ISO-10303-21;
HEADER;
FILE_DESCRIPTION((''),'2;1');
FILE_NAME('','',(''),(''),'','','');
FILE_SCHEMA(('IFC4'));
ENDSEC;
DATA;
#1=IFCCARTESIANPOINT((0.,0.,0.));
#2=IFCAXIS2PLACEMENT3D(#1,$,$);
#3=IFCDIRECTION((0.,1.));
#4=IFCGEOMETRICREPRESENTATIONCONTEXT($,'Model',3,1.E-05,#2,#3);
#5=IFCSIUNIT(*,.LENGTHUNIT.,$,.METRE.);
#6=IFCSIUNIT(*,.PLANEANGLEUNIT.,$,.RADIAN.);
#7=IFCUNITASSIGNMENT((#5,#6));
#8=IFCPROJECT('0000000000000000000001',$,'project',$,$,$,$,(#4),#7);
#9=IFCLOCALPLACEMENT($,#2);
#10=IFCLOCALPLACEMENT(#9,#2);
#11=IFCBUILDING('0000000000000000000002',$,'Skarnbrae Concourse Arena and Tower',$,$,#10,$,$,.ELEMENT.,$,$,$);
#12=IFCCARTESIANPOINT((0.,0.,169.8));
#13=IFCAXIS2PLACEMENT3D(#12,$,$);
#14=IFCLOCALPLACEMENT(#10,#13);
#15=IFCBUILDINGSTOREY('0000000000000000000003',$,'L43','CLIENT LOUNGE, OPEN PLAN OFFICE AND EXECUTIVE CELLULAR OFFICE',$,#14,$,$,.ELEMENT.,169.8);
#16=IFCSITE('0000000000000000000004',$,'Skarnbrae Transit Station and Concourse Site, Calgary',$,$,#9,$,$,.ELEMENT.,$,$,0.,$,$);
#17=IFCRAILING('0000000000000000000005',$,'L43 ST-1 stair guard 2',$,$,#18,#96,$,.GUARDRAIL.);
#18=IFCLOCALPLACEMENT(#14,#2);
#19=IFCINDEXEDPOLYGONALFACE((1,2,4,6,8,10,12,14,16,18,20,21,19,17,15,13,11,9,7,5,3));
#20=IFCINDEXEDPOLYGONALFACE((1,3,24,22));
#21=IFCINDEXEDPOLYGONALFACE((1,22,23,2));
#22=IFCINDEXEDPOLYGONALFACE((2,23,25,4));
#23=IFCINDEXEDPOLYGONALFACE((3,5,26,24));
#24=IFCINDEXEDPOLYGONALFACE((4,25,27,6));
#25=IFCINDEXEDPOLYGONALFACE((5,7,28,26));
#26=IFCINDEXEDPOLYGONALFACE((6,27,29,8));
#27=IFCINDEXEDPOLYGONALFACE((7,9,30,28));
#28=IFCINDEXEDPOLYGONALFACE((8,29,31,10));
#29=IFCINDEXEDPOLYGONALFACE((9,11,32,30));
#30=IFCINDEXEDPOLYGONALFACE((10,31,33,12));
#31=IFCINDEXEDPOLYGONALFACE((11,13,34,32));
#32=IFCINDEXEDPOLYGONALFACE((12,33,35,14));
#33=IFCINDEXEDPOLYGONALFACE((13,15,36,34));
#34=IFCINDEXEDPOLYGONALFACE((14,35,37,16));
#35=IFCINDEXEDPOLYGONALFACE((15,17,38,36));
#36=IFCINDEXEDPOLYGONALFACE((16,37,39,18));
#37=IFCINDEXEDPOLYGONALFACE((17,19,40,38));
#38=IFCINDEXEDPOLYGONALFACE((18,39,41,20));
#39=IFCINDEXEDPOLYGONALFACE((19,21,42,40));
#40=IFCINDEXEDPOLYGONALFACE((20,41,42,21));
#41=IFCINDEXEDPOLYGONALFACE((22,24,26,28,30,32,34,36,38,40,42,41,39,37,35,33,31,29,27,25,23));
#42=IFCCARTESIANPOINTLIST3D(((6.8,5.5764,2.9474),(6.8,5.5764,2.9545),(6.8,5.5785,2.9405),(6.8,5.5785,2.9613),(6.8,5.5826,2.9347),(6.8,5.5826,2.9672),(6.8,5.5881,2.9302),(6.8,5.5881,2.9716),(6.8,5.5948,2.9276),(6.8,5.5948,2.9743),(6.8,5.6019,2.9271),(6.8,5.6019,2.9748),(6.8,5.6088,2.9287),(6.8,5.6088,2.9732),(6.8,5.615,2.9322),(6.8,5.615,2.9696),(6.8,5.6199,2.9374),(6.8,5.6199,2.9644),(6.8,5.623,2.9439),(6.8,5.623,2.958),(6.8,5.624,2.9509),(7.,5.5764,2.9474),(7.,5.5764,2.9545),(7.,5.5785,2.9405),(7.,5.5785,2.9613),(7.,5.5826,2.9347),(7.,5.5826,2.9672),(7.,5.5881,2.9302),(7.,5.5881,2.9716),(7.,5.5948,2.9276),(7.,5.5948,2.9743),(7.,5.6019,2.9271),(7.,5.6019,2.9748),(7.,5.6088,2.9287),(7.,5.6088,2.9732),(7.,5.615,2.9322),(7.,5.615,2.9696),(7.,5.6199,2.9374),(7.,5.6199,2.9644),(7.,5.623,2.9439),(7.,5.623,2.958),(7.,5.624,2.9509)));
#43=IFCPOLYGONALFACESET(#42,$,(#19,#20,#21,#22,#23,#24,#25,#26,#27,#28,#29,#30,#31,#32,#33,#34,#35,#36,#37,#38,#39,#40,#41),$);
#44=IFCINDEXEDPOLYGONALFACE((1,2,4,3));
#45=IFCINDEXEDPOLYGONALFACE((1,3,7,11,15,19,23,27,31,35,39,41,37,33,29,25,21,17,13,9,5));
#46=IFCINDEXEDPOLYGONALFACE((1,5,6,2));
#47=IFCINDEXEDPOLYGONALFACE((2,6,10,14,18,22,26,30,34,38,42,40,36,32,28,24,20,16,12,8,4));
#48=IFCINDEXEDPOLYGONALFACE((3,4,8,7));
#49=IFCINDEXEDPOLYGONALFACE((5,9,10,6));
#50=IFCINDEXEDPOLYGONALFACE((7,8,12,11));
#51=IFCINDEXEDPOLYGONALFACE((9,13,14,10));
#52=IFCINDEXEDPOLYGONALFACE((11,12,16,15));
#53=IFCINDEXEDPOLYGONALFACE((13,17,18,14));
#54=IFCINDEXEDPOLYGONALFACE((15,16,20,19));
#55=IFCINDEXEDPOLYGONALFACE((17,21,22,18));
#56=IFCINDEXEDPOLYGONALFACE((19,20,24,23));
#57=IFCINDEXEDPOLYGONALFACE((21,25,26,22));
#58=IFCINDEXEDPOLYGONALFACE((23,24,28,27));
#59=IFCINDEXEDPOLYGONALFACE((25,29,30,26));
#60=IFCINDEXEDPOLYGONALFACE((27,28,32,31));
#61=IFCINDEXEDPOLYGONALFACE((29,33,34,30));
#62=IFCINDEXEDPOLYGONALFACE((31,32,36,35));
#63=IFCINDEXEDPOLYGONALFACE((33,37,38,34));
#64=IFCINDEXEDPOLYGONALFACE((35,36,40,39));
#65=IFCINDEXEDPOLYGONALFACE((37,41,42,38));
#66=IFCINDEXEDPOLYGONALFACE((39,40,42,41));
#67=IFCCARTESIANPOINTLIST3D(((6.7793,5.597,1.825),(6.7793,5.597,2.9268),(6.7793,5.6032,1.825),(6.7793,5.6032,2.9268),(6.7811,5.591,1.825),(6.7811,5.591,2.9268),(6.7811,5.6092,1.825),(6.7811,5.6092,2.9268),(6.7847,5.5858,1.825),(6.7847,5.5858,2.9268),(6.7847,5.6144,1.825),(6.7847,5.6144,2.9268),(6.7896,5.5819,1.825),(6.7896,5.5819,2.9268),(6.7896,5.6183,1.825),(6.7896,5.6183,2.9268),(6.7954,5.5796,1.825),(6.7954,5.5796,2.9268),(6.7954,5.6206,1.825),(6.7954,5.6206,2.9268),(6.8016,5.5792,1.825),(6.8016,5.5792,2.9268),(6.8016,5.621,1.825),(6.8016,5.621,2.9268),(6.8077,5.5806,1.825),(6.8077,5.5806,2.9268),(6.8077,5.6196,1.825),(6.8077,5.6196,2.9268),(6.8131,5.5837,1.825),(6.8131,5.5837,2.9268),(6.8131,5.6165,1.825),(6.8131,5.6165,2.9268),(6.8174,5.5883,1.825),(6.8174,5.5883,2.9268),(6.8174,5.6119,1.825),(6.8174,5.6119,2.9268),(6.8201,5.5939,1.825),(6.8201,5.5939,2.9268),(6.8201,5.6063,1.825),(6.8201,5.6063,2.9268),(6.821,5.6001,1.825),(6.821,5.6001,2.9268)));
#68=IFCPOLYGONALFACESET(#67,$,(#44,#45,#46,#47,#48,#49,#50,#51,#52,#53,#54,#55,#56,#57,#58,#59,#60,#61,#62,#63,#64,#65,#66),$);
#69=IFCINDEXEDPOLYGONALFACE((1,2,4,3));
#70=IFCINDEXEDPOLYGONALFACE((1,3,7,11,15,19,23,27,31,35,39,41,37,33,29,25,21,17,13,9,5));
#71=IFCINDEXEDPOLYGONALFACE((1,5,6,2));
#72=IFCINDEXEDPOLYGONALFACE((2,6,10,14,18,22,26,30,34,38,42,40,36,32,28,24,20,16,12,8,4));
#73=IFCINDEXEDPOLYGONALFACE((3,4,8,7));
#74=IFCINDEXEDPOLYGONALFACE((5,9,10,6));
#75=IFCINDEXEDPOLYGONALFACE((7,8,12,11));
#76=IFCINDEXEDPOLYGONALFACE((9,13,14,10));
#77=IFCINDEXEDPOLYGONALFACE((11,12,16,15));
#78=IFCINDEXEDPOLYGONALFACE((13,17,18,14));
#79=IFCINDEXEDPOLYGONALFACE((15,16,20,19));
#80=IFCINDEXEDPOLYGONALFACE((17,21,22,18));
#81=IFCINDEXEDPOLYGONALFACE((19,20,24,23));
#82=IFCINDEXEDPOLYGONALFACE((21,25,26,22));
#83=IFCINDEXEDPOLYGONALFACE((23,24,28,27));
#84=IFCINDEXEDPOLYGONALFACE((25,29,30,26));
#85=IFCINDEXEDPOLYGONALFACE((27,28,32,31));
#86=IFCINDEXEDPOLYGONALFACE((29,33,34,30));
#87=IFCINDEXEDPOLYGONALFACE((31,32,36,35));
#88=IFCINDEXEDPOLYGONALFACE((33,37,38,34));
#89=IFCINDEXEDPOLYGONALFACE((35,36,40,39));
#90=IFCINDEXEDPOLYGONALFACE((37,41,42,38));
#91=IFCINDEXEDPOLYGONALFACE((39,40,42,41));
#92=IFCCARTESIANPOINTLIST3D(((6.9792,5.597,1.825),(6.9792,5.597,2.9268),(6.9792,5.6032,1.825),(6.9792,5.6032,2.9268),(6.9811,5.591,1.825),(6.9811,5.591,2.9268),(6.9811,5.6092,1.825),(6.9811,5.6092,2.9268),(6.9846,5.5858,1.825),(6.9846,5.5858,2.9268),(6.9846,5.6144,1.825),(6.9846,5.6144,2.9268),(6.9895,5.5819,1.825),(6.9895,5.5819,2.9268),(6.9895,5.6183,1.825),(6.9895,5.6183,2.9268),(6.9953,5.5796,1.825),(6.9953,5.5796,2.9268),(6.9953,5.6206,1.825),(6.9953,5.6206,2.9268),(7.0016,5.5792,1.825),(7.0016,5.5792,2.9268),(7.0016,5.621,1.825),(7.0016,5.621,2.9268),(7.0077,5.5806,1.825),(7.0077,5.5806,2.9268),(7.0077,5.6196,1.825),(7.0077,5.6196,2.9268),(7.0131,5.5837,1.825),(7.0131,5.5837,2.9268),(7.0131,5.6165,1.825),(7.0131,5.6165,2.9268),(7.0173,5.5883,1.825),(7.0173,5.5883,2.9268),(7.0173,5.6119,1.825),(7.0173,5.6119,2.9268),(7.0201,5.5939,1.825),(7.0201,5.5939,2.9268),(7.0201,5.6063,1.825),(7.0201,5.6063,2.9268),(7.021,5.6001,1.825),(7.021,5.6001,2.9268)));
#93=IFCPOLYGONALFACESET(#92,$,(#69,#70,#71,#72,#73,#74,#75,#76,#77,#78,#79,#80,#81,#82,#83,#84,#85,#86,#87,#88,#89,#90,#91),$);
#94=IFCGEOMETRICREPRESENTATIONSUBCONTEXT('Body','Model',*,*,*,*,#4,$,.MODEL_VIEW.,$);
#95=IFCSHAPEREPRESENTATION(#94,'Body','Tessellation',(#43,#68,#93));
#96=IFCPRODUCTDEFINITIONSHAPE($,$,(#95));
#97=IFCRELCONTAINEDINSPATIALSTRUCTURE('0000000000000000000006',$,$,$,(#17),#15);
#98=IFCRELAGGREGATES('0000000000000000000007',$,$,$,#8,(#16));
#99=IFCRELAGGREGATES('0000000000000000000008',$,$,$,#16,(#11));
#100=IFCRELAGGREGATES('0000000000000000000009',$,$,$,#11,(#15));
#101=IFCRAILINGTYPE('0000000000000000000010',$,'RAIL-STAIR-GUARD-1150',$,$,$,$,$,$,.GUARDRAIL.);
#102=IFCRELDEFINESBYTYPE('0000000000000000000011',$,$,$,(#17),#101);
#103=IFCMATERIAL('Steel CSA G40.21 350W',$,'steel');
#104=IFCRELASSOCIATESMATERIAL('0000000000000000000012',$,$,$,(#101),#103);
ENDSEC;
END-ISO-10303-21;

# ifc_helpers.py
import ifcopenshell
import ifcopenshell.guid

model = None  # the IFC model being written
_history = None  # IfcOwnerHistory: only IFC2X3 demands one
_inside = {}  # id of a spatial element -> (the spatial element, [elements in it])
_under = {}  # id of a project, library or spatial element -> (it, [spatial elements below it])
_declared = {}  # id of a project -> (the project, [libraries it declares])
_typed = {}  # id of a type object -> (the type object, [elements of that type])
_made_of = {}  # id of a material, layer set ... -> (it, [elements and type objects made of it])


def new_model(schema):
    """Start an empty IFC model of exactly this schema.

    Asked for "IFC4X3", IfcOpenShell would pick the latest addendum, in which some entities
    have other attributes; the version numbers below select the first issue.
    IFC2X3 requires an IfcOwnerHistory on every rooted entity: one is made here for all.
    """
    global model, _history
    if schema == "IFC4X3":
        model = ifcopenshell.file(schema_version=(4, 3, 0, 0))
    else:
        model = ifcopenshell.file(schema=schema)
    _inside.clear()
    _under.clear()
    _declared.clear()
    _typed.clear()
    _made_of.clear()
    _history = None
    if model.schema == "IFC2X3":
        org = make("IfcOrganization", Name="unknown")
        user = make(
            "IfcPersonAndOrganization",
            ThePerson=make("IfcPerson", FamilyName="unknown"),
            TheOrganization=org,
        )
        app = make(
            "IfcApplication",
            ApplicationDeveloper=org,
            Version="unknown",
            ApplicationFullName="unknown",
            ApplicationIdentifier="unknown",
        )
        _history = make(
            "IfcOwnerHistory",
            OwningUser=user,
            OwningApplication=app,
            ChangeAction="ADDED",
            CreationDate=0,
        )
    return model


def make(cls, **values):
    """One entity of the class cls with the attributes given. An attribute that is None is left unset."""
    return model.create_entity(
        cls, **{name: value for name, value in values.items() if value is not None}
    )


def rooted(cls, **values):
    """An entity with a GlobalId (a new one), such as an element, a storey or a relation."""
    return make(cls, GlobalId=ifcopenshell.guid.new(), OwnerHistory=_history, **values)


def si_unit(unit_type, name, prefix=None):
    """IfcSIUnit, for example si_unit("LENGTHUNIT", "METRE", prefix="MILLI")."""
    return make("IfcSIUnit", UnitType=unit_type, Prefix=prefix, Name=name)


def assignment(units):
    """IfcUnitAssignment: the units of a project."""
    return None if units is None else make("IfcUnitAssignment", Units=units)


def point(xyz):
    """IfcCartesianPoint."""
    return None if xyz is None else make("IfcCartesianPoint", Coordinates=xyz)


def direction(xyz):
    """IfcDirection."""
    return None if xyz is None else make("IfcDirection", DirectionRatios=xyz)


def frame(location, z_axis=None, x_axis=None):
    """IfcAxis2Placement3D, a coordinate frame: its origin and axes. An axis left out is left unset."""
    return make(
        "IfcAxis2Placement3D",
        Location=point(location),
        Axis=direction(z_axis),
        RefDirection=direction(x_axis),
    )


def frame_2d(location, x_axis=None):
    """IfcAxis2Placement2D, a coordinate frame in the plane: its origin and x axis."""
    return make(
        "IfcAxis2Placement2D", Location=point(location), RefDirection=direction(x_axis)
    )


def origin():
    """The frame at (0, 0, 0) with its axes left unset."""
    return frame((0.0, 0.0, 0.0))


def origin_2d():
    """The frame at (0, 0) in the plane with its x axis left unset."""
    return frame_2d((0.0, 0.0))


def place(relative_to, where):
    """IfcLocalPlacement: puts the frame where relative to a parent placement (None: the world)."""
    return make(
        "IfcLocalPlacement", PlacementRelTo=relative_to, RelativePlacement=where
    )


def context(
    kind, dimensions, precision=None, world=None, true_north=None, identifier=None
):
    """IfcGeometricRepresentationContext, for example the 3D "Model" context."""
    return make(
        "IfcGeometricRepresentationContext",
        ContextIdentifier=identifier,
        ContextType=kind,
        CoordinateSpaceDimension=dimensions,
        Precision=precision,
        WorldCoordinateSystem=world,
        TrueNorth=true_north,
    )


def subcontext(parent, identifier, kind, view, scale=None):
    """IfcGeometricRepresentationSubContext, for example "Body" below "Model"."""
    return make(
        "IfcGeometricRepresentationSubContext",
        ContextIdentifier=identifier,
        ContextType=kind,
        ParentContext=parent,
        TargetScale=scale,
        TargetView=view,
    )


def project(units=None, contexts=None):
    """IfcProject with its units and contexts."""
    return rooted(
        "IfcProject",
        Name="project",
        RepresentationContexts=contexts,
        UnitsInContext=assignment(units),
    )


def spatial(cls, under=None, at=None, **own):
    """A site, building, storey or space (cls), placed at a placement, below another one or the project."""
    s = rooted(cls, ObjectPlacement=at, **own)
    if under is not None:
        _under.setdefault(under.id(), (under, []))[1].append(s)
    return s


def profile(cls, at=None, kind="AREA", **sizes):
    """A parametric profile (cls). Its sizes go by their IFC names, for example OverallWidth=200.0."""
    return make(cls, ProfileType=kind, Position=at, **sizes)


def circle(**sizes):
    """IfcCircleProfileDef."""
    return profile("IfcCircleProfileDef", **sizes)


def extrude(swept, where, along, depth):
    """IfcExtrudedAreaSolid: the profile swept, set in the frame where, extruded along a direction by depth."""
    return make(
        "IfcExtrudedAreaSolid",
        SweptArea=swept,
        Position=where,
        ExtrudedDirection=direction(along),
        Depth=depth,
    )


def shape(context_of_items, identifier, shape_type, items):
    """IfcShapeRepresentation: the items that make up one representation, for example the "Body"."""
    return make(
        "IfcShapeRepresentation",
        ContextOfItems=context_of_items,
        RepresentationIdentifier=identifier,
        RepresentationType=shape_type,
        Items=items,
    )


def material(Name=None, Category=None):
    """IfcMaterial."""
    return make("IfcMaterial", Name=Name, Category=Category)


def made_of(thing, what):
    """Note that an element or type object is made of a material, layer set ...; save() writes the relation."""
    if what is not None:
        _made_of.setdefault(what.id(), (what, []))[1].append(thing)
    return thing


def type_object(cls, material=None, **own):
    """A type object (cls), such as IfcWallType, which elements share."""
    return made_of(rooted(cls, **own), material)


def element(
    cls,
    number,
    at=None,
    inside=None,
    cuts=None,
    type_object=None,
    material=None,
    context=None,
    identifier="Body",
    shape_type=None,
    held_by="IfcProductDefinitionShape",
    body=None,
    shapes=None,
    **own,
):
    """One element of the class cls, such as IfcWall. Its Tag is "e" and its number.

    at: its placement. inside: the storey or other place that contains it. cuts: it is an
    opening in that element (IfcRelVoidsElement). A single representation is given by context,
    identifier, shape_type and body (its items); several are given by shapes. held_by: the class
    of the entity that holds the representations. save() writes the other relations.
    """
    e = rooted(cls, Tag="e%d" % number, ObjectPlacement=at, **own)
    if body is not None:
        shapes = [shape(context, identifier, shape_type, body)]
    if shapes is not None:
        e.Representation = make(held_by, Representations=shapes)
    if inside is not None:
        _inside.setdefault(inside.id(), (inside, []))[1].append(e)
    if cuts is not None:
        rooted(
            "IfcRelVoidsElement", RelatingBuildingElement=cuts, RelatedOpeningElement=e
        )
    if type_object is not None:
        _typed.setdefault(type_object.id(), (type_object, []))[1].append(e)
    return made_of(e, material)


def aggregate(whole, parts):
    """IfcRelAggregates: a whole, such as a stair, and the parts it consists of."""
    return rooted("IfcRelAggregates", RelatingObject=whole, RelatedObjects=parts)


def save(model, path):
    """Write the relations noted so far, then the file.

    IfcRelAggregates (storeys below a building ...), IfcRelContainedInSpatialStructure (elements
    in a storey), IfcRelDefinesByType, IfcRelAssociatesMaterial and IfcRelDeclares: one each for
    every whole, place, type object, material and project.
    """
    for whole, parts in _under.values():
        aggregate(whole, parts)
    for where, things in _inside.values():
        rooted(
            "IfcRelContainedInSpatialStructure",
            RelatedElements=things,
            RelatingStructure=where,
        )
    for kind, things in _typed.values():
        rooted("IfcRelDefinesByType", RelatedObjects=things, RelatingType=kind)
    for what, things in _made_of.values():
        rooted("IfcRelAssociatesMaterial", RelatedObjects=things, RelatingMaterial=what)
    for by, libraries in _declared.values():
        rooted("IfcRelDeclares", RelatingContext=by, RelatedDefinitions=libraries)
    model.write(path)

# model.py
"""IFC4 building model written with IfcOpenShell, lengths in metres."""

from ifc_helpers import new_model, si_unit, direction, frame, origin, origin_2d, place, context, subcontext, project, spatial, circle, extrude, material, type_object, element, save


model = new_model("IFC4")

# Units and contexts
model_context = context("Model", 3, precision=1e-05, world=origin(), true_north=direction((0.0, 1.0)))
body_context = subcontext(model_context, "Body", "Model", "MODEL_VIEW")
ifc_project = project(units=[si_unit("LENGTHUNIT", "METRE"), si_unit("PLANEANGLEUNIT", "RADIAN")], contexts=[model_context])

# Site, building, storey
site_placement = place(None, origin())
site = spatial("IfcSite", under=ifc_project, at=site_placement, Name="Skarnbrae Transit Station and Concourse Site, Calgary", CompositionType="ELEMENT", RefElevation=0.0)
building_placement = place(site_placement, origin())
building = spatial("IfcBuilding", under=site, at=building_placement, Name="Skarnbrae Concourse Arena and Tower", CompositionType="ELEMENT")
storey_placement = place(building_placement, frame((0.0, 0.0, 169.8)))
storey = spatial("IfcBuildingStorey", under=building, at=storey_placement, Name="L43", Description="CLIENT LOUNGE, OPEN PLAN OFFICE AND EXECUTIVE CELLULAR OFFICE", CompositionType="ELEMENT", Elevation=169.8)

# Railing
ifc_material_1 = material(Name="Steel CSA G40.21 350W", Category="steel")
railing_type_1 = type_object("IfcRailingType", Name="RAIL-STAIR-GUARD-1150", PredefinedType="GUARDRAIL", material=ifc_material_1)
railing_1_placement = place(storey_placement, frame((6.8, 5.6001, 1.825)))
element("IfcRailing", 1, at=railing_1_placement, inside=storey, type_object=railing_type_1, Name="L43 ST-1 stair guard 2", PredefinedType="GUARDRAIL", context=body_context, shape_type="SweptSolid", body=[
    extrude(circle(Radius=0.0239, at=origin_2d()), frame((0.0, 0.0, 1.126), z_axis=(1.0, 0.0, 0.0), x_axis=(0.0, 1.0, 0.0)), (0.0, 0.0, 1.0), 0.2),
    extrude(circle(Radius=0.021, at=origin_2d()), origin(), (0.0, 0.0, 1.0), 1.1018),
    extrude(circle(Radius=0.021, at=origin_2d()), frame((0.2, 0.0, 0.0)), (0.0, 0.0, 1.0), 1.1018),
])

save(model, "model.ifc")
